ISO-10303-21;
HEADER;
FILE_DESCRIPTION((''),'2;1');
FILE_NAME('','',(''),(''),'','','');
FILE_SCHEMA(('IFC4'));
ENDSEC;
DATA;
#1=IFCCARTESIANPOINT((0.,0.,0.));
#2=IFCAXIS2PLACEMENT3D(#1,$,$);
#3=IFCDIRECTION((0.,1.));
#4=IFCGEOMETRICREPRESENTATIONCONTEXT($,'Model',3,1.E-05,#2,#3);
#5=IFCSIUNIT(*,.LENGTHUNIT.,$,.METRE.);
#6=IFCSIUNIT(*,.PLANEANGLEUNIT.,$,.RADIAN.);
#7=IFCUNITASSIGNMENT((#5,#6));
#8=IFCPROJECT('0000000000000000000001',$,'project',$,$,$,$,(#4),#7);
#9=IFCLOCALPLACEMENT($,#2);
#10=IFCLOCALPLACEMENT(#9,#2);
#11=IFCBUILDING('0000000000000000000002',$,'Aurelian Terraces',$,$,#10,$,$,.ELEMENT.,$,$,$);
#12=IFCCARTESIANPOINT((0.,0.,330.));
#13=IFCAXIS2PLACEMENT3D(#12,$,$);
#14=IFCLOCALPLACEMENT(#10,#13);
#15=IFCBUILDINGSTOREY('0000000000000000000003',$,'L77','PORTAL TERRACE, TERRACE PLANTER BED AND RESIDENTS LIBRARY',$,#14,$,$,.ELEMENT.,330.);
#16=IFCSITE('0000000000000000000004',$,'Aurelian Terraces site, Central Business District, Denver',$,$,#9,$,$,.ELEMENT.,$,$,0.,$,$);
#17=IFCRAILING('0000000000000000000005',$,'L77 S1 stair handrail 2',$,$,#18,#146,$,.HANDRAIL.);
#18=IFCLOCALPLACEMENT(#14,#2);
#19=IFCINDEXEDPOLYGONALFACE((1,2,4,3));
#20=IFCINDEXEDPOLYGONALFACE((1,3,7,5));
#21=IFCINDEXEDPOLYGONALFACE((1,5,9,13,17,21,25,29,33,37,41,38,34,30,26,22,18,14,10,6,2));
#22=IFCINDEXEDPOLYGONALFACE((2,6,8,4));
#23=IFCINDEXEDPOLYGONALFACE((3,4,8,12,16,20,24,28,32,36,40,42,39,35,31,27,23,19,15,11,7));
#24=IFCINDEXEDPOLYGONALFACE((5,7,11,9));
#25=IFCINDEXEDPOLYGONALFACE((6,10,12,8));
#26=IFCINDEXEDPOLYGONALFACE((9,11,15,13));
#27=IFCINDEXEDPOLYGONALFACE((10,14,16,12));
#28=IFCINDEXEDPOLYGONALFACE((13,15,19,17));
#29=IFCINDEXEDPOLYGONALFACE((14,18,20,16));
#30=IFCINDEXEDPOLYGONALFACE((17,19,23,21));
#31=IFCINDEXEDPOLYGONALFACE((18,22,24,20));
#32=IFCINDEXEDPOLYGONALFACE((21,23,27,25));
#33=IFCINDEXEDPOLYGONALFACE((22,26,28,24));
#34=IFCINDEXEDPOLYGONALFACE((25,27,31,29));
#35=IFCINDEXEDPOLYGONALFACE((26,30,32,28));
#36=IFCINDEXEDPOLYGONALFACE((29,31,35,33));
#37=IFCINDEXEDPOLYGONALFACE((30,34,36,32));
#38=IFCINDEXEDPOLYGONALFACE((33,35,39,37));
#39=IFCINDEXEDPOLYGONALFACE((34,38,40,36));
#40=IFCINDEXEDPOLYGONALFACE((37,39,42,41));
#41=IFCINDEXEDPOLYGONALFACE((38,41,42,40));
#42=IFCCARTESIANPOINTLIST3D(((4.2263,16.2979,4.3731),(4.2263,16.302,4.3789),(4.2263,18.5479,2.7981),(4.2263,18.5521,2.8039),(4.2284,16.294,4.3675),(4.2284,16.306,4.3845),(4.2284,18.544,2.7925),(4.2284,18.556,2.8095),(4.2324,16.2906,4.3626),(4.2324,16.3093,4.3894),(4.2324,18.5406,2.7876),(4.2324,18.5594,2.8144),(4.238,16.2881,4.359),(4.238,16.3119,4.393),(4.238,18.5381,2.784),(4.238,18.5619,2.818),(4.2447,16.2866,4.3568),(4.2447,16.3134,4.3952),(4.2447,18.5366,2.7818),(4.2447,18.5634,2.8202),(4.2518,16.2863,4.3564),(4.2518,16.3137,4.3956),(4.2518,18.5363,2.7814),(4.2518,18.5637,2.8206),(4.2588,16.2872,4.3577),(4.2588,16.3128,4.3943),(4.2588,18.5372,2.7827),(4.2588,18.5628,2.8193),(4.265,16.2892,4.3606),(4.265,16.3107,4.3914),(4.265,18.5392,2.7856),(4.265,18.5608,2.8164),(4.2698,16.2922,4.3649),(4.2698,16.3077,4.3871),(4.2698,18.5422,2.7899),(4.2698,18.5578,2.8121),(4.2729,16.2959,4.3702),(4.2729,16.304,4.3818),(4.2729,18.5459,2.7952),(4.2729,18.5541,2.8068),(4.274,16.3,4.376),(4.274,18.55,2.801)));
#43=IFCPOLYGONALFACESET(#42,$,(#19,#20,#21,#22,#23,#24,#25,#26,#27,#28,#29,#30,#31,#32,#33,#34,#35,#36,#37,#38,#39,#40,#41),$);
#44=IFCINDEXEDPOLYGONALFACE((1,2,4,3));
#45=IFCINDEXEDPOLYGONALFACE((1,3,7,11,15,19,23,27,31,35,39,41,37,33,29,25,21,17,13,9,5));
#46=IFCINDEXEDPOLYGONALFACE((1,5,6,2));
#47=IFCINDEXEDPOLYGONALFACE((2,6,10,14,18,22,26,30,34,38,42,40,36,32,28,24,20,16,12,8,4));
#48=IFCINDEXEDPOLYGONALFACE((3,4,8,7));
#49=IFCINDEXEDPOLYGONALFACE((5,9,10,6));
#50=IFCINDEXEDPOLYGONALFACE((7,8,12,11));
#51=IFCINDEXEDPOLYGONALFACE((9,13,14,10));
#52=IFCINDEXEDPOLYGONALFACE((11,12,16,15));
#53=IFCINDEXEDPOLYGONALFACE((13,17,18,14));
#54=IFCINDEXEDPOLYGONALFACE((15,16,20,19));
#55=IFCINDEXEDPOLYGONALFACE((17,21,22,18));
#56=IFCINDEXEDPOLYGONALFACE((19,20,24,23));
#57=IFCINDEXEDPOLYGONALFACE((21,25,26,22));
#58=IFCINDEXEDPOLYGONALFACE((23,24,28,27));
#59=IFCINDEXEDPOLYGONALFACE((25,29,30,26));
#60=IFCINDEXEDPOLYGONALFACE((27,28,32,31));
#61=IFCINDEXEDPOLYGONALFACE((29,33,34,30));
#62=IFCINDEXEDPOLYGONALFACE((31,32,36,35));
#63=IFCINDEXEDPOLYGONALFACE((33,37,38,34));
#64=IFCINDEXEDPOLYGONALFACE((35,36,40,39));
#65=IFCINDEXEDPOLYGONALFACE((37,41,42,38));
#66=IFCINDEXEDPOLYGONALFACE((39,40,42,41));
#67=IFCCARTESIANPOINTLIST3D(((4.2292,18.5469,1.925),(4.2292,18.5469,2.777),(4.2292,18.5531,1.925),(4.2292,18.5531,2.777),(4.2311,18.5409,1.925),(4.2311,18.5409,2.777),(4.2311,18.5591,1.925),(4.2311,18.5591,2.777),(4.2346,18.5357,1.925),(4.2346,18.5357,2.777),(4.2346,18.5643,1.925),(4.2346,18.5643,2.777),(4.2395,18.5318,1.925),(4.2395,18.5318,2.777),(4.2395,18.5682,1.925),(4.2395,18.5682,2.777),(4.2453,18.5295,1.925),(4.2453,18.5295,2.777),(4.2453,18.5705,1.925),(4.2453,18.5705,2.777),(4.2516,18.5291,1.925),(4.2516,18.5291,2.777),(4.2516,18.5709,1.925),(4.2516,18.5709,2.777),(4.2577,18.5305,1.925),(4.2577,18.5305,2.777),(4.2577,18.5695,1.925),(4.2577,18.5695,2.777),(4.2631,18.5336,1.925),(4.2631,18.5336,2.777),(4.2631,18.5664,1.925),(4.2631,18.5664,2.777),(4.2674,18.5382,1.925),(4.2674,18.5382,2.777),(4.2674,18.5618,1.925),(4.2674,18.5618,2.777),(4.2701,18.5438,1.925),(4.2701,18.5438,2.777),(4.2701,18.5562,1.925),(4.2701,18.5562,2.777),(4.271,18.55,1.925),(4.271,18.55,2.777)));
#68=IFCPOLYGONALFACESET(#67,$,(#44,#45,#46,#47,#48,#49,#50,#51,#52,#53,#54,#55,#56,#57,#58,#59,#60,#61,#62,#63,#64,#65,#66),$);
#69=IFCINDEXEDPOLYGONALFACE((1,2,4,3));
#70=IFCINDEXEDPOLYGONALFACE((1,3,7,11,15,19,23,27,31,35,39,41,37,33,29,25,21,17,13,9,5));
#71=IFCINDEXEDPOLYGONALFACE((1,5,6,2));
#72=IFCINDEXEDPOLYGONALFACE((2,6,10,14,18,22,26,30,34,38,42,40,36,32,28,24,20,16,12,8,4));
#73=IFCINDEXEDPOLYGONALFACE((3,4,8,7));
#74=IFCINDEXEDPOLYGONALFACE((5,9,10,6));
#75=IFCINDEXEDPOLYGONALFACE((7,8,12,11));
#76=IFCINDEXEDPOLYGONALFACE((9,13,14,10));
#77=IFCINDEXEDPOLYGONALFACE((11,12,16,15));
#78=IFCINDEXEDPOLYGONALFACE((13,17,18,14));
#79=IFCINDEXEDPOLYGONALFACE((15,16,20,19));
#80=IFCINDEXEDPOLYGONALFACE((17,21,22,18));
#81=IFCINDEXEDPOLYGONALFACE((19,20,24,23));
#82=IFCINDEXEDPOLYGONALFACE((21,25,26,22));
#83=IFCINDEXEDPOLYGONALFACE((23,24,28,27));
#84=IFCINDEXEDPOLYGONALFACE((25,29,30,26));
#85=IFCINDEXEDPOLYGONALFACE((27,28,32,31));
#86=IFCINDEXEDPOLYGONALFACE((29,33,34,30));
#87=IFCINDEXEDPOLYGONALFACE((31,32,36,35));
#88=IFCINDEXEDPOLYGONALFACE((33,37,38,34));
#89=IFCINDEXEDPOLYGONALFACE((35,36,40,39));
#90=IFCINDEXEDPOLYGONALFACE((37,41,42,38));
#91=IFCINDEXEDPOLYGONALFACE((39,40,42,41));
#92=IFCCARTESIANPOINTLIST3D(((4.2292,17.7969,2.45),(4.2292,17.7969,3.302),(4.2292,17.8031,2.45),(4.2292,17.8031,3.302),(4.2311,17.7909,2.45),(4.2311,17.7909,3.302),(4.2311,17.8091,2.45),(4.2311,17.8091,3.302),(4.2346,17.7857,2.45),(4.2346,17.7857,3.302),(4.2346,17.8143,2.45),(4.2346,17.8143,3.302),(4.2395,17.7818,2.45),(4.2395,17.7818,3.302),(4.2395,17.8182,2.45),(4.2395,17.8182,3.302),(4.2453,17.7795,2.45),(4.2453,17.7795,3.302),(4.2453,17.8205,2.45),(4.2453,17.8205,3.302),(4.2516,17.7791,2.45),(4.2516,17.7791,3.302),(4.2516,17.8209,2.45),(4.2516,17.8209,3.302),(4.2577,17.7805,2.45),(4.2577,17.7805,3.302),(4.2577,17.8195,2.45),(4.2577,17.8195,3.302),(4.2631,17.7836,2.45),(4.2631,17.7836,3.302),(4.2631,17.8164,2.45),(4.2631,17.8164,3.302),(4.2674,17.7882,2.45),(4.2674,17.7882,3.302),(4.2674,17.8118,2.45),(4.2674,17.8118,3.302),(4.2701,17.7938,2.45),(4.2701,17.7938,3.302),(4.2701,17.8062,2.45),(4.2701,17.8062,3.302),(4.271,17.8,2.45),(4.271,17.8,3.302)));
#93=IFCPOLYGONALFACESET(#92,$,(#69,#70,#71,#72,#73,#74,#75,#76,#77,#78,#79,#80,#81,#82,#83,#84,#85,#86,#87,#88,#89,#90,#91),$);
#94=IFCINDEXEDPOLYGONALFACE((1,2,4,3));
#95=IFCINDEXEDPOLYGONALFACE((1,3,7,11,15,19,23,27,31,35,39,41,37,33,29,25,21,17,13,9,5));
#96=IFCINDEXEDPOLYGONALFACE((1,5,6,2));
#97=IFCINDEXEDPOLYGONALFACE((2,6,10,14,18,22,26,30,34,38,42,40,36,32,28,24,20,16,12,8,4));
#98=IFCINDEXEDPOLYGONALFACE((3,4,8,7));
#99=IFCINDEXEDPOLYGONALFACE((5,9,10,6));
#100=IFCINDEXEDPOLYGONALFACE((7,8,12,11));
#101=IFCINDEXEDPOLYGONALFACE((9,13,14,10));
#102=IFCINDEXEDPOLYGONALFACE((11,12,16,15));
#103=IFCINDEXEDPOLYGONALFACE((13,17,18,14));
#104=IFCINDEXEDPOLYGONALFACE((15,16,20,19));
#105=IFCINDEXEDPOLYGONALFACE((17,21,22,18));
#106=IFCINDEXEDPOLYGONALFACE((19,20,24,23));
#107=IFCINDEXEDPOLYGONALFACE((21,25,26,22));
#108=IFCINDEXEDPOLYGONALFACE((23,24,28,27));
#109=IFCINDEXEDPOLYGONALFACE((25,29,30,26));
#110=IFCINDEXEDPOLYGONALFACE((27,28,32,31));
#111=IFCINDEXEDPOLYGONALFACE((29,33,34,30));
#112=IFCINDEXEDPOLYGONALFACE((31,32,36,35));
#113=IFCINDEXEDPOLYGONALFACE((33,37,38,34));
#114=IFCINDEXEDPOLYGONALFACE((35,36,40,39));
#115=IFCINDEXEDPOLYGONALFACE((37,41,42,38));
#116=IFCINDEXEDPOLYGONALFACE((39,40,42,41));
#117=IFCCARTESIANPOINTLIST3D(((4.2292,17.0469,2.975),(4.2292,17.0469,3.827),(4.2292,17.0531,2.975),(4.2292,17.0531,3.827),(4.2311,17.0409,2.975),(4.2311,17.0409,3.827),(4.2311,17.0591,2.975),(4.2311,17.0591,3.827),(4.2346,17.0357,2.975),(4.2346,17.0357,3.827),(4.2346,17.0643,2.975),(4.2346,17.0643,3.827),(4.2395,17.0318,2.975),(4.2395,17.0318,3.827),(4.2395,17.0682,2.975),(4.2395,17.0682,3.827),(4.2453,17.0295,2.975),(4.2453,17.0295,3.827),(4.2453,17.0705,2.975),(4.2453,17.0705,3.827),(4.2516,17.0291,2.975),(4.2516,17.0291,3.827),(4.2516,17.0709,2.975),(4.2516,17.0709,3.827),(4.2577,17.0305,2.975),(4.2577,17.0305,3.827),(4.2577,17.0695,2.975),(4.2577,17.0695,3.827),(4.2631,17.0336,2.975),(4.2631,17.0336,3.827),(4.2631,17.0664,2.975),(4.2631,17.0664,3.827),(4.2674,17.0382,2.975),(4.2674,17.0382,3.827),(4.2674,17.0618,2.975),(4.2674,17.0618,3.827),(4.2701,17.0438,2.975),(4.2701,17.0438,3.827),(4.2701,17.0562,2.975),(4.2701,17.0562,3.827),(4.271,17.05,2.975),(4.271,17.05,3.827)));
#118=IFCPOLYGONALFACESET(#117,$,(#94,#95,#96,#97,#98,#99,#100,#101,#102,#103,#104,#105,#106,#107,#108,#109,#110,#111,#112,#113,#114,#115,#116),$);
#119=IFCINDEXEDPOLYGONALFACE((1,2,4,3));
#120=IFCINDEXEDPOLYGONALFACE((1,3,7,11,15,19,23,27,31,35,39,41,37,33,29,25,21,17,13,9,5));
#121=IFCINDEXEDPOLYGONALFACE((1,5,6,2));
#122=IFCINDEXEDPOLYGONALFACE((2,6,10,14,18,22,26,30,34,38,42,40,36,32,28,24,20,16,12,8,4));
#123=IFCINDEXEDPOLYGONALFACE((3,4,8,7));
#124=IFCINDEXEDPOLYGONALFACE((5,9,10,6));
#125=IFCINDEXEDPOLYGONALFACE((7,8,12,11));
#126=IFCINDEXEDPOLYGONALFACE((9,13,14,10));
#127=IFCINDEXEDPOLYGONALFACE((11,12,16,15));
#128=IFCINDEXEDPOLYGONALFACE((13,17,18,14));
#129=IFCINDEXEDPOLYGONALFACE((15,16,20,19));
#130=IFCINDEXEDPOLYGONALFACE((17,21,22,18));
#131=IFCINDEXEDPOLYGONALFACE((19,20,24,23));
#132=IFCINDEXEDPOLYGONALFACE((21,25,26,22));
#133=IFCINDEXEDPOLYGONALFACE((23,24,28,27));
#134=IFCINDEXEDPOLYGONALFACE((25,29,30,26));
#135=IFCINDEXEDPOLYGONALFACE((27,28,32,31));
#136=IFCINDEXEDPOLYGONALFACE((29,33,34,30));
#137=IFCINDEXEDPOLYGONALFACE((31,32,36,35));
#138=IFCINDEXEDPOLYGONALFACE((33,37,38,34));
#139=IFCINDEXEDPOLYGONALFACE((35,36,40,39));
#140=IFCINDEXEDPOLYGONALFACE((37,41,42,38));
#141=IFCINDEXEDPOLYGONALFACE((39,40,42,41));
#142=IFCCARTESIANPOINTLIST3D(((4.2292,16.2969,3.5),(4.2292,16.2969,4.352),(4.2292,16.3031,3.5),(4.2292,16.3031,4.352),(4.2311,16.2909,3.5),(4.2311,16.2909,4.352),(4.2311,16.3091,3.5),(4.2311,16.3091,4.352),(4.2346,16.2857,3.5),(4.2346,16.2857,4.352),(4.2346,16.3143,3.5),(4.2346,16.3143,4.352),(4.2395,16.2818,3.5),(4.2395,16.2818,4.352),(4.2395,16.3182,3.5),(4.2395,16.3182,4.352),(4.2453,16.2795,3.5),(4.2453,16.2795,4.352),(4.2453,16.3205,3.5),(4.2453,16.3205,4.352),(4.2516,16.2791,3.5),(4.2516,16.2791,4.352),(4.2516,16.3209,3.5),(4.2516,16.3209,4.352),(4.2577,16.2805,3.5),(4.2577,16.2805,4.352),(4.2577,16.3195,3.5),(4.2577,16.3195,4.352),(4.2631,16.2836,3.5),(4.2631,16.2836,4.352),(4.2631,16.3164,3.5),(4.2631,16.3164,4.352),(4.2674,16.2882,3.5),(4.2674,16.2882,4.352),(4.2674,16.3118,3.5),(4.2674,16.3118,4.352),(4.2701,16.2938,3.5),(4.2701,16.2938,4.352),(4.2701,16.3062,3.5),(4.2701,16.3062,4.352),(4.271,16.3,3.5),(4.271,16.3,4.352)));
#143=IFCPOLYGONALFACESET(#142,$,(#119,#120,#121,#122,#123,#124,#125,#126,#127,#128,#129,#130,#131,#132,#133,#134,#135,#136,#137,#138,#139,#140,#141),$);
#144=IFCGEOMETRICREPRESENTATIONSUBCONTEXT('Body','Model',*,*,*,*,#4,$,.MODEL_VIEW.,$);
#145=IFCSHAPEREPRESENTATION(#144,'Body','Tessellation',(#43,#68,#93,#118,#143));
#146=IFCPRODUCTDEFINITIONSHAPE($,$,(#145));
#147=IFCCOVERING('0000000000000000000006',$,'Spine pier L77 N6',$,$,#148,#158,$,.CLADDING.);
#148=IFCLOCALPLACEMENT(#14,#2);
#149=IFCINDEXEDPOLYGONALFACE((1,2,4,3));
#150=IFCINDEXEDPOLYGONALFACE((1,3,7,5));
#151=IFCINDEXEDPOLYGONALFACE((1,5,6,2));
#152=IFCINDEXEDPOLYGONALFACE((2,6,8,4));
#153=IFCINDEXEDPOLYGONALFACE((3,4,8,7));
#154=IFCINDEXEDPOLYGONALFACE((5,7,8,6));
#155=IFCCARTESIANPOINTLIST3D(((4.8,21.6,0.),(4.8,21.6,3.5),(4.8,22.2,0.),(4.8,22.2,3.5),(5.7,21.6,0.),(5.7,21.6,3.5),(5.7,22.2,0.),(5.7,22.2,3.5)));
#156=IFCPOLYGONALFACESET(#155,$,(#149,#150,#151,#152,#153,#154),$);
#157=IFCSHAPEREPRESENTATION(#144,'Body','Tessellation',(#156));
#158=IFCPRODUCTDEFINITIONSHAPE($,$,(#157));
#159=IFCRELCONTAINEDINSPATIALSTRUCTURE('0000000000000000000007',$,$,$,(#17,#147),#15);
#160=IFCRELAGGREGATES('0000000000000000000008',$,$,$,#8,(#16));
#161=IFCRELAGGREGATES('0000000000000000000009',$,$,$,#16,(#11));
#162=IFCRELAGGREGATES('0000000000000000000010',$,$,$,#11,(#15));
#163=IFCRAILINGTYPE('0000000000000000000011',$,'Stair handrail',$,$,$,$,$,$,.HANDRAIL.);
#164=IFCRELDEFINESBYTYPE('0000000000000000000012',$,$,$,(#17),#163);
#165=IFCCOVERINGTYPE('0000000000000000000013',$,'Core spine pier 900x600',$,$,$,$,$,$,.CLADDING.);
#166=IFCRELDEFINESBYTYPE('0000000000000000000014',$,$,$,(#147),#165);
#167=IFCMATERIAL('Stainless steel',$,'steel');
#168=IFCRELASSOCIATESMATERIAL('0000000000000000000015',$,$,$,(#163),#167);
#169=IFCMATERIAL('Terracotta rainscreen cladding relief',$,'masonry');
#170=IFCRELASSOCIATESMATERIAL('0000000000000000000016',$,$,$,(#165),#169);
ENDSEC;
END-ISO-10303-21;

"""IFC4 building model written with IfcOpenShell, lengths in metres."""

from ifc_helpers import new_model, si_unit, direction, frame, origin, origin_2d, place, context, subcontext, project, spatial, rectangle, circle, extrude, source, transform, mapped, material, type_object, element, save


model = new_model("IFC4")

# Units and contexts
model_context = context("Model", 3, precision=1e-05, world=origin(), true_north=direction((0.0, 1.0)))
body_context = subcontext(model_context, "Body", "Model", "MODEL_VIEW")
ifc_project = project(units=[si_unit("LENGTHUNIT", "METRE"), si_unit("PLANEANGLEUNIT", "RADIAN")], contexts=[model_context])

# Site, building, storey
site_placement = place(None, origin())
site = spatial("IfcSite", under=ifc_project, at=site_placement, Name="Aurelian Terraces site, Central Business District, Denver", CompositionType="ELEMENT", RefElevation=0.0)
building_placement = place(site_placement, origin())
building = spatial("IfcBuilding", under=site, at=building_placement, Name="Aurelian Terraces", CompositionType="ELEMENT")
storey_placement = place(building_placement, frame((0.0, 0.0, 330.0)))
storey = spatial("IfcBuildingStorey", under=building, at=storey_placement, Name="L77", Description="PORTAL TERRACE, TERRACE PLANTER BED AND RESIDENTS LIBRARY", CompositionType="ELEMENT", Elevation=330.0)

# Railing
ifc_material_1 = material(Name="Stainless steel", Category="steel")
railing_type_1 = type_object("IfcRailingType", Name="Stair handrail", PredefinedType="HANDRAIL", material=ifc_material_1)
shared_shape_1 = source(origin(), body_context, "Body", "SweptSolid", [
    extrude(circle(Radius=0.024, at=origin_2d()), frame((0.0, 0.0, 0.876), z_axis=(0.0, -0.819232, 0.573462), x_axis=(1.0, 0.0, 0.0)), (0.0, 0.0, 1.0), 2.7465),
    extrude(circle(Radius=0.021, at=origin_2d()), origin(), (0.0, 0.0, 1.0), 0.852),
    extrude(circle(Radius=0.021, at=origin_2d()), frame((0.0, -0.75, 0.525)), (0.0, 0.0, 1.0), 0.852),
    extrude(circle(Radius=0.021, at=origin_2d()), frame((0.0, -1.5, 1.05)), (0.0, 0.0, 1.0), 0.852),
    extrude(circle(Radius=0.021, at=origin_2d()), frame((0.0, -2.25, 1.575)), (0.0, 0.0, 1.0), 0.852),
])
railing_1_placement = place(storey_placement, frame((4.25, 18.55, 1.925)))
element("IfcRailing", 1, at=railing_1_placement, inside=storey, type_object=railing_type_1, Name="L77 S1 stair handrail 2", PredefinedType="HANDRAIL", context=body_context, shape_type="MappedRepresentation", body=[
    mapped(shared_shape_1, transform((0.0, 0.0, 0.0), scale=1.0)),
])

# Covering
ifc_material_2 = material(Name="Terracotta rainscreen cladding relief", Category="masonry")
covering_type_1 = type_object("IfcCoveringType", Name="Core spine pier 900x600", PredefinedType="CLADDING", material=ifc_material_2)
shared_shape_2 = source(origin(), body_context, "Body", "SweptSolid", [
    extrude(rectangle(XDim=0.9, YDim=0.6, at=origin_2d()), origin(), (0.0, 0.0, 1.0), 3.5),
])
covering_1_placement = place(storey_placement, frame((5.25, 21.9, 0.0), z_axis=(0.0, 0.0, 1.0), x_axis=(1.0, 0.0, 0.0)))
element("IfcCovering", 2, at=covering_1_placement, inside=storey, type_object=covering_type_1, Name="Spine pier L77 N6", PredefinedType="CLADDING", context=body_context, shape_type="MappedRepresentation", body=[
    mapped(shared_shape_2, transform((0.0, 0.0, 0.0), scale=1.0)),
])

save(model, "model.ifc")
